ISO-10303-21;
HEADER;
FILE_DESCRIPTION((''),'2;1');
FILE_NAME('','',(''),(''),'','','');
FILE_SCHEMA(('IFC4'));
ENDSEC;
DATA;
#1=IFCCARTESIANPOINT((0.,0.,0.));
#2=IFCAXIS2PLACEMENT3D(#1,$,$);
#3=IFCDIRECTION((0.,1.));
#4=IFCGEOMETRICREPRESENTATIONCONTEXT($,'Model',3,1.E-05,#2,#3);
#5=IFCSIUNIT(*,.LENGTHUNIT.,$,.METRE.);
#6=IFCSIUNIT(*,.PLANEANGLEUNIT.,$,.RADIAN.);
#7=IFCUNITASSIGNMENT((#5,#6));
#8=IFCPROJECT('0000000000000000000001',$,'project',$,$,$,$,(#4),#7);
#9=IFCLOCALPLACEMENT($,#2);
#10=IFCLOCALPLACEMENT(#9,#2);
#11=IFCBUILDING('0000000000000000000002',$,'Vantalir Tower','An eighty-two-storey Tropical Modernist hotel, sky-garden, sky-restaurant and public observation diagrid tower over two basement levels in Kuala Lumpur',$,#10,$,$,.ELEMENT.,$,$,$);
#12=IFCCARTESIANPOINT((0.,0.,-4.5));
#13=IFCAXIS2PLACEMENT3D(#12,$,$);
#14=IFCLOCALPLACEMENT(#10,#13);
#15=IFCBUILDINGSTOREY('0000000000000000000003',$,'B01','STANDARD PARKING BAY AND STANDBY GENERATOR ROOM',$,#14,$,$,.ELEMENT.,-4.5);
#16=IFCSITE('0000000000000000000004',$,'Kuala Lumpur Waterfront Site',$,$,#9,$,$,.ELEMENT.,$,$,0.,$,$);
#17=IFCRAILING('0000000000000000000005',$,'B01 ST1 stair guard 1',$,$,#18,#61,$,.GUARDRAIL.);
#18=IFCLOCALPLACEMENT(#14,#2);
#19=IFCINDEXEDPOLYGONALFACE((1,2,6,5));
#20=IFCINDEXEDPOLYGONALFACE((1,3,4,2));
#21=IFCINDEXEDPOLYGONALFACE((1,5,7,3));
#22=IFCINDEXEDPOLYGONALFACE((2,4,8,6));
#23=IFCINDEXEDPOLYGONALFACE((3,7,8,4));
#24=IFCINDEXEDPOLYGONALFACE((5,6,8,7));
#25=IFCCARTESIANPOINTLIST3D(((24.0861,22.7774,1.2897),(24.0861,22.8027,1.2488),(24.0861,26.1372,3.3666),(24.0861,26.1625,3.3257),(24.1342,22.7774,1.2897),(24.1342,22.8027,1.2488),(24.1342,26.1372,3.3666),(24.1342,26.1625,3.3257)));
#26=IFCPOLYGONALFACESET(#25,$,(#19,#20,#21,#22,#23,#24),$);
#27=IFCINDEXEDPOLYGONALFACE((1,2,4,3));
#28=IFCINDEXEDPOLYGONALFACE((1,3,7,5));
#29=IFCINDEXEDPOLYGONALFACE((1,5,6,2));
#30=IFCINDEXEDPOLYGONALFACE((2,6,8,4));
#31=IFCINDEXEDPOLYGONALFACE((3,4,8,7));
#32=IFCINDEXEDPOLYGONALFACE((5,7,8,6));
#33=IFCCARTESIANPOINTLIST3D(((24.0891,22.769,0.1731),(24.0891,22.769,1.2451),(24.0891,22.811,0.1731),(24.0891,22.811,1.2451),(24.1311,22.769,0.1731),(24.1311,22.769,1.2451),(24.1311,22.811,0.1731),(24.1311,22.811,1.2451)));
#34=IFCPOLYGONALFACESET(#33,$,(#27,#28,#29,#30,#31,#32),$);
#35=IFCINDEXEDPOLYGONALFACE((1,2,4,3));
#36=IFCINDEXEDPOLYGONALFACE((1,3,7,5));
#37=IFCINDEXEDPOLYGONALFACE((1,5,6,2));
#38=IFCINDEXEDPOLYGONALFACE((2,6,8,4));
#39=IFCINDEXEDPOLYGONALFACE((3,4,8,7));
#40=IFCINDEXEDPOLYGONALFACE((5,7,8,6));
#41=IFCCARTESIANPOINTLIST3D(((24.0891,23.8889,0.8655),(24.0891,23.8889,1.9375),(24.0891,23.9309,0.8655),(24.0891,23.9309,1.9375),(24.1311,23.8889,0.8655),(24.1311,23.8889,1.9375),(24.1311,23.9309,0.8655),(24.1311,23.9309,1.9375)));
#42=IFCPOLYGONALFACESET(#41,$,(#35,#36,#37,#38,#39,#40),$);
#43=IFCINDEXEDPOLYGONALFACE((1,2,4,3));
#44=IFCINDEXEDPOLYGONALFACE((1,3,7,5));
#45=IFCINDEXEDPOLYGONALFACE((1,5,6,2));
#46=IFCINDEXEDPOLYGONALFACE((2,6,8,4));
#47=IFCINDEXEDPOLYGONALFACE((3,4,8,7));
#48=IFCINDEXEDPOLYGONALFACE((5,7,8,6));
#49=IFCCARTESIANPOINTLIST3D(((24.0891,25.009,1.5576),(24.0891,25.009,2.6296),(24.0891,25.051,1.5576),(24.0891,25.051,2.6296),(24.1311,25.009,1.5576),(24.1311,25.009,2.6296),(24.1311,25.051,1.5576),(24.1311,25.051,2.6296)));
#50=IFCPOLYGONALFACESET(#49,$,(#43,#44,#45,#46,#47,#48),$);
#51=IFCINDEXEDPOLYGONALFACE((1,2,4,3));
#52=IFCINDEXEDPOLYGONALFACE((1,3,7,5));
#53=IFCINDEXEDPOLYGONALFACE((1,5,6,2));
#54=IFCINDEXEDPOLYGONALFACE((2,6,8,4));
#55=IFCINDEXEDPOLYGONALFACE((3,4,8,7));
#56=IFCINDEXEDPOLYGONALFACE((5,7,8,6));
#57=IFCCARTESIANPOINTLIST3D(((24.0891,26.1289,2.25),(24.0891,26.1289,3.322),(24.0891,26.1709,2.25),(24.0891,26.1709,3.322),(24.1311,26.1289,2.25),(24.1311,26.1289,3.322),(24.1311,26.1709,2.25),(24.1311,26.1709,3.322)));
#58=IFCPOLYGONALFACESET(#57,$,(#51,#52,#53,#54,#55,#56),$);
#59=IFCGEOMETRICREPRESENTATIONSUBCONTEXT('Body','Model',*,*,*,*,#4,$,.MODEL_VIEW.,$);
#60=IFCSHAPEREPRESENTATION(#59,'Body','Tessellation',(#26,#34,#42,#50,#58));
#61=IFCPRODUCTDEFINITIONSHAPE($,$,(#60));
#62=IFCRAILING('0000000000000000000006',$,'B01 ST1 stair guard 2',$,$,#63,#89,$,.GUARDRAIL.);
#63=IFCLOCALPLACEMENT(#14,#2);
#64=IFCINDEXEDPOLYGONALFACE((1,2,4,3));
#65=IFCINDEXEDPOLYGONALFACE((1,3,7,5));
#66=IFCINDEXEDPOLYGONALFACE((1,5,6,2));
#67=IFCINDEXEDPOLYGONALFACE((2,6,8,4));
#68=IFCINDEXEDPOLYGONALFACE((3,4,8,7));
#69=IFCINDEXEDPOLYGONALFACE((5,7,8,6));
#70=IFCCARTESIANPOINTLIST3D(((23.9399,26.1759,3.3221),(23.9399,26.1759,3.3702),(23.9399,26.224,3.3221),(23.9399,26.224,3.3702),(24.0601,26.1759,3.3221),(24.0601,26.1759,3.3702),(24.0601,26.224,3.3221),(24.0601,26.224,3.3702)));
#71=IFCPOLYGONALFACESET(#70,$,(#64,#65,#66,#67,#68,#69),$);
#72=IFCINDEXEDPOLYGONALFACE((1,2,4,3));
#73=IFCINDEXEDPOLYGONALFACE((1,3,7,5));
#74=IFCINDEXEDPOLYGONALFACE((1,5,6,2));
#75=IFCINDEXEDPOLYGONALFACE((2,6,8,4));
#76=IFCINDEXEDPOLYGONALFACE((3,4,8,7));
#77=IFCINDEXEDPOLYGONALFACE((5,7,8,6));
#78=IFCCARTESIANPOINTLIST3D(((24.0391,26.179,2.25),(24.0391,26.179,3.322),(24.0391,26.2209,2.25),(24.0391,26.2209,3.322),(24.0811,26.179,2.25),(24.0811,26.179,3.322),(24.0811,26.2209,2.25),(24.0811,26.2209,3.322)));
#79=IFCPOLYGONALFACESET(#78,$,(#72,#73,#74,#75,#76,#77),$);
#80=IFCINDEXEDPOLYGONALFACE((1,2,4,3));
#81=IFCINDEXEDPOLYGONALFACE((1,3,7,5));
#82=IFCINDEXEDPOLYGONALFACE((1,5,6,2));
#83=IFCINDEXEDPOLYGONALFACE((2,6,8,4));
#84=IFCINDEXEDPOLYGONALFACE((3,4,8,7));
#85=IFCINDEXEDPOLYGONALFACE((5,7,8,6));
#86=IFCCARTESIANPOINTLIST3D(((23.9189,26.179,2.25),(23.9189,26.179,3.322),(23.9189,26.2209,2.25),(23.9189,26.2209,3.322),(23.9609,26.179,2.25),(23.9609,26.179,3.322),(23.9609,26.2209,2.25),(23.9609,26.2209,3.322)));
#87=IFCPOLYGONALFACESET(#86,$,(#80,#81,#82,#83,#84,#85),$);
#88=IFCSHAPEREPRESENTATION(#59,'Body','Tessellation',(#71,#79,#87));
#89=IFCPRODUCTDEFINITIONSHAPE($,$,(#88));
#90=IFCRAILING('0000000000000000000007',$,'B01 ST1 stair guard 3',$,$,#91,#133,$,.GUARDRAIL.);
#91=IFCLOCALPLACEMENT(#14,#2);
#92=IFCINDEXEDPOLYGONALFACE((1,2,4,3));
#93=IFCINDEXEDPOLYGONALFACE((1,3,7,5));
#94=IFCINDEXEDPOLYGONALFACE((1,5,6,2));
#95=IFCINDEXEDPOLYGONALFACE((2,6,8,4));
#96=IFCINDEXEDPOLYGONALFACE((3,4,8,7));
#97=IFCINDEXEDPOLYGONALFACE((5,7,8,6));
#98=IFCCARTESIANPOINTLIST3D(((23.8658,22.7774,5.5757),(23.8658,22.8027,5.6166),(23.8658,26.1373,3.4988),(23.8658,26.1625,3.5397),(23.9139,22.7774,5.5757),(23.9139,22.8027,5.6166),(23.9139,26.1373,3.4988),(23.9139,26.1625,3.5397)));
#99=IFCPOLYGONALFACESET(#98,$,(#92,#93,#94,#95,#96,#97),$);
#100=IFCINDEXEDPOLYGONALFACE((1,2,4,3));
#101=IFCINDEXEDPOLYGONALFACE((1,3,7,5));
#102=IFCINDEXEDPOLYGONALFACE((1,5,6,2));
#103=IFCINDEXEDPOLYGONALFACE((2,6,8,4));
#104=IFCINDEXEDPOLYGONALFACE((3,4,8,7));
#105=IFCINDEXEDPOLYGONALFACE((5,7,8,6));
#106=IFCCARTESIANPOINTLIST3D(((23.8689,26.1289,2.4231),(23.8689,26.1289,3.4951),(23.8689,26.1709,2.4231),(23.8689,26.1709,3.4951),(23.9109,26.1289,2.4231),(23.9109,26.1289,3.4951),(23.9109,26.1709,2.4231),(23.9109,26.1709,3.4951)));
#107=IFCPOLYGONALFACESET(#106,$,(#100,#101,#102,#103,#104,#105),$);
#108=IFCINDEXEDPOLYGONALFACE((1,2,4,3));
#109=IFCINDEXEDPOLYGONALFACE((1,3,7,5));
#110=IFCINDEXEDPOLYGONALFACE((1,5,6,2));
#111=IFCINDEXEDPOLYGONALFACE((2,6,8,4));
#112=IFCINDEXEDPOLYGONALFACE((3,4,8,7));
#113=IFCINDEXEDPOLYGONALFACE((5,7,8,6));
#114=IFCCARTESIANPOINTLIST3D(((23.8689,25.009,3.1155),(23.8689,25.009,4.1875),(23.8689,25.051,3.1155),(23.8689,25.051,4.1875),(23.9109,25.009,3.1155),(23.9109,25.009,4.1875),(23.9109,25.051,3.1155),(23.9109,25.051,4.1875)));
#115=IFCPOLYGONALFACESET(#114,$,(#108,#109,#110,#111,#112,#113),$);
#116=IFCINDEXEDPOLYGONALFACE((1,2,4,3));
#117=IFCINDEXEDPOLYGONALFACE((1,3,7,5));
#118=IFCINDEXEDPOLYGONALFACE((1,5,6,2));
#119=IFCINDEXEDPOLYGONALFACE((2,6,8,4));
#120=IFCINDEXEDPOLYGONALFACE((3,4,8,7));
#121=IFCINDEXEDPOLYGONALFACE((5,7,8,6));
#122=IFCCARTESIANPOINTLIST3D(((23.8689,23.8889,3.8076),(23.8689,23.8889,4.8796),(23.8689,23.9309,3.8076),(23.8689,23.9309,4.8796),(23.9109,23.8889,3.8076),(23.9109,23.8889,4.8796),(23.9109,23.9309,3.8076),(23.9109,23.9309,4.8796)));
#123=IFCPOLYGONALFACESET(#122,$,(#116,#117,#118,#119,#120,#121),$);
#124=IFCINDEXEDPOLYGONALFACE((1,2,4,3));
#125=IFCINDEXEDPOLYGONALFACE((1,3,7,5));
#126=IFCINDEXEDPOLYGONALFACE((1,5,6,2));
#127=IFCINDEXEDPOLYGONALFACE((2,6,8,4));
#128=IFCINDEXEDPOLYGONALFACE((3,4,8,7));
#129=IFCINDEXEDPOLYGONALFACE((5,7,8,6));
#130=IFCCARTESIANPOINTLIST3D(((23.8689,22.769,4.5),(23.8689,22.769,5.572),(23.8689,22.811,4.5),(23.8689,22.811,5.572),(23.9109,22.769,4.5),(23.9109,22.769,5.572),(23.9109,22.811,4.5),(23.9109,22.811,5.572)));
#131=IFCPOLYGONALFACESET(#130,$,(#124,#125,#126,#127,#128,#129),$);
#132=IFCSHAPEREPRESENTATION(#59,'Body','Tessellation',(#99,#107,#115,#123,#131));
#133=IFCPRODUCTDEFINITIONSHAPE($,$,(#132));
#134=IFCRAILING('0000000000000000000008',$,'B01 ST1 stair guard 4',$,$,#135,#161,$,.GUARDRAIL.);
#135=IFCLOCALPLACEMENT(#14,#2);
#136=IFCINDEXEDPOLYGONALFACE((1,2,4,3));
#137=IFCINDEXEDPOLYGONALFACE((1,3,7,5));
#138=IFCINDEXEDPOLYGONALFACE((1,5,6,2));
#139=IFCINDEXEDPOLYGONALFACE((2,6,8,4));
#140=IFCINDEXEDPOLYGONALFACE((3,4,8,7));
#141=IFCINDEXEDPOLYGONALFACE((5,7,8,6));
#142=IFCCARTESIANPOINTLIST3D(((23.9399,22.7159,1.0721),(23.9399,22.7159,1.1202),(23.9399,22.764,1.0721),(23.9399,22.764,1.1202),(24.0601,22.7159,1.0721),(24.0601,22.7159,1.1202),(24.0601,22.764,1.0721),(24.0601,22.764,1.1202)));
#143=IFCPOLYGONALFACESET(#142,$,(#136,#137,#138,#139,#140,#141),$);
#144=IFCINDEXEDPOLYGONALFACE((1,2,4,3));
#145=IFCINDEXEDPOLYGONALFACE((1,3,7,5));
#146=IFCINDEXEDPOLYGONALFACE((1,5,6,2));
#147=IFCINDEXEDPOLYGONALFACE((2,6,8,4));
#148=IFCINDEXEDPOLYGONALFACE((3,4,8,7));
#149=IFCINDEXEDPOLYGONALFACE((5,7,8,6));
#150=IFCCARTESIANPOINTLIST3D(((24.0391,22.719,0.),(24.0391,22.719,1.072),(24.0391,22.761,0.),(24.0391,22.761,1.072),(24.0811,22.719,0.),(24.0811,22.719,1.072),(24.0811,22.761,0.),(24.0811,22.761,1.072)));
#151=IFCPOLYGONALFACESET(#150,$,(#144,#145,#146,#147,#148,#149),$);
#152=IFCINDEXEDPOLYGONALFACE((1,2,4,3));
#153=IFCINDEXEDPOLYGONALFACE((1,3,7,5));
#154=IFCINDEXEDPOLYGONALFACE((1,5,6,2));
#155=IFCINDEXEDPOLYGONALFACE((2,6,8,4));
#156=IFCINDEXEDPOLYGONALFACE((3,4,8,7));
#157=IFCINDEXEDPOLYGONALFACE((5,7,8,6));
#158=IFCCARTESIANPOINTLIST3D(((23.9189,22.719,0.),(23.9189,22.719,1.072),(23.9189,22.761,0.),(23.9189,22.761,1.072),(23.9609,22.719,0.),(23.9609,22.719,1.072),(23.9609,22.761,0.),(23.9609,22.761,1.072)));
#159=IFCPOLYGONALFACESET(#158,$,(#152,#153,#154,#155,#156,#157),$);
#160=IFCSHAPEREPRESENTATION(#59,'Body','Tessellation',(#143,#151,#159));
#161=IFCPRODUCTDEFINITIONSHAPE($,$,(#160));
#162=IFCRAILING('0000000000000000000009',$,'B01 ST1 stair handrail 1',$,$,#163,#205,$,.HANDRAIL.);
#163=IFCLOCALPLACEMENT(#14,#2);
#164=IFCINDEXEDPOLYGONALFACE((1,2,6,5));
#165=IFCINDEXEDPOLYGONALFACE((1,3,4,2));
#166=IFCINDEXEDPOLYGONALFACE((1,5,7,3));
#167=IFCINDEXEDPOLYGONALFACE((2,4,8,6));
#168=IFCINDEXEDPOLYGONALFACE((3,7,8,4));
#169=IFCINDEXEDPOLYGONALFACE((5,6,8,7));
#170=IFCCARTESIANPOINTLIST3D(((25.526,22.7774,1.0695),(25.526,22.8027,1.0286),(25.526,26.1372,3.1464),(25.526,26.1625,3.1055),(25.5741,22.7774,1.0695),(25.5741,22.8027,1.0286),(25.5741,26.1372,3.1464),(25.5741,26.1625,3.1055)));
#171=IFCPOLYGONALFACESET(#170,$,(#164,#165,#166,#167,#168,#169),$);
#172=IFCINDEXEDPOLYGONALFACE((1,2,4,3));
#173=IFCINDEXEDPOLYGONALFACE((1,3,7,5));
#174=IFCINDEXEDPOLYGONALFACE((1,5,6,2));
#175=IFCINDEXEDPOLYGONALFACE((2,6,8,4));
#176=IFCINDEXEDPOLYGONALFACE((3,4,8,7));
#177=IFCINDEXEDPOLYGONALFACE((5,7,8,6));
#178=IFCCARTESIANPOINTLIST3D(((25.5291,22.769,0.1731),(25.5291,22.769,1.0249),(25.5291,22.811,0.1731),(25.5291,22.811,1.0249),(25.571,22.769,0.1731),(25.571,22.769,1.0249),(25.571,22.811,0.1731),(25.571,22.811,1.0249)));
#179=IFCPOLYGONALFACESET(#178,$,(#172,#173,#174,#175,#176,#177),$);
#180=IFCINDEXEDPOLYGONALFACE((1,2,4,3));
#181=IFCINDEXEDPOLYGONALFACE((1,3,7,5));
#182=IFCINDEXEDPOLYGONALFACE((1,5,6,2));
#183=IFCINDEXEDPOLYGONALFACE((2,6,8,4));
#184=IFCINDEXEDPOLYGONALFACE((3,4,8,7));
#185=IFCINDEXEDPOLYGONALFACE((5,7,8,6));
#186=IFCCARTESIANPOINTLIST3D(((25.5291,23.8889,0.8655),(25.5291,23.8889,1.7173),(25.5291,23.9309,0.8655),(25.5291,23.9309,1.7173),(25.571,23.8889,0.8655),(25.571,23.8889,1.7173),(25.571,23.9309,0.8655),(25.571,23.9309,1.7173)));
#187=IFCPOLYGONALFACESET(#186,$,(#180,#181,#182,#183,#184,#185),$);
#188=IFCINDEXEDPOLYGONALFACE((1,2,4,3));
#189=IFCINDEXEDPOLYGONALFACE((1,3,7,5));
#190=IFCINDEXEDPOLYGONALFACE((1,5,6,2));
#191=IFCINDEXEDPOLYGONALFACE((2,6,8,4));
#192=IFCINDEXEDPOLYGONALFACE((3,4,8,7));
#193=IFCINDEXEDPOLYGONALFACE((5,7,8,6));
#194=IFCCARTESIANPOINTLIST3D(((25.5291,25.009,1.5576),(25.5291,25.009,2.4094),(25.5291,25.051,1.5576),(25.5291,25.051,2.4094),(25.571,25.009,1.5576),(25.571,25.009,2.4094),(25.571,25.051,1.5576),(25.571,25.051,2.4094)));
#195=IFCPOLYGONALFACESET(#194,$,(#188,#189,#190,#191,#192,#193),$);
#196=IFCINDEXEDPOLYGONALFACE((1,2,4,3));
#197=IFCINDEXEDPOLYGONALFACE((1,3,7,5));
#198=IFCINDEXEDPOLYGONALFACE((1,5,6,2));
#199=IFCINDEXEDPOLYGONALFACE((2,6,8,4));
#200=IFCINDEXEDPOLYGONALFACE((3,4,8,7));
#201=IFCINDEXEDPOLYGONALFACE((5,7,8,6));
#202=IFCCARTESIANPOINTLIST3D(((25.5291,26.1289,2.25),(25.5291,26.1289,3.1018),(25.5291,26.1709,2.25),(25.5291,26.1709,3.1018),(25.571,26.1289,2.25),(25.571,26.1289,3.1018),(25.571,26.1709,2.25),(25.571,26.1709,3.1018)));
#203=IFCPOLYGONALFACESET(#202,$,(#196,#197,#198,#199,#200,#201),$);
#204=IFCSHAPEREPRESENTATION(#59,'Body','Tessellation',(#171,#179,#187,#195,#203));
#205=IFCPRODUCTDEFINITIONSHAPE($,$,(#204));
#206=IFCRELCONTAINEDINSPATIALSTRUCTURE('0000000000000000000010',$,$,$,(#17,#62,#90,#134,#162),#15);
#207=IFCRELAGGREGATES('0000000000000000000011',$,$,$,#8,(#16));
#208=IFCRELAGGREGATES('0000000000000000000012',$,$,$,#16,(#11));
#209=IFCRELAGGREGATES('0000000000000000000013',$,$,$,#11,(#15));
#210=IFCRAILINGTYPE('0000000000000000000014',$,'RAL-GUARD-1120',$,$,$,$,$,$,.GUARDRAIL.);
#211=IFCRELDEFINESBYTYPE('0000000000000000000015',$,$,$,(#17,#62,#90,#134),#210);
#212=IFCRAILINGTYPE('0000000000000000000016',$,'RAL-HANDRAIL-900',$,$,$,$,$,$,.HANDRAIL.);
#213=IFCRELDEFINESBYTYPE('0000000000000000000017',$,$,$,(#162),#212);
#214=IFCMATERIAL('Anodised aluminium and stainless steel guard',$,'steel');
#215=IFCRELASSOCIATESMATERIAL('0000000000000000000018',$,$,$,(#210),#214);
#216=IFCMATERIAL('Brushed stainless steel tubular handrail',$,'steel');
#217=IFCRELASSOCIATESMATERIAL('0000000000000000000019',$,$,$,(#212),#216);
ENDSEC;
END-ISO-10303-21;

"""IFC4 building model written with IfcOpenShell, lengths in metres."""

from ifc_helpers import new_model, si_unit, direction, frame, origin, origin_2d, place, context, subcontext, project, spatial, rectangle, extrude, material, type_object, element, save


model = new_model("IFC4")

# Units and contexts
model_context = context("Model", 3, precision=1e-05, world=origin(), true_north=direction((0.0, 1.0)))
body_context = subcontext(model_context, "Body", "Model", "MODEL_VIEW")
ifc_project = project(units=[si_unit("LENGTHUNIT", "METRE"), si_unit("PLANEANGLEUNIT", "RADIAN")], contexts=[model_context])

# Site, building, storey
site_placement = place(None, origin())
site = spatial("IfcSite", under=ifc_project, at=site_placement, Name="Kuala Lumpur Waterfront Site", CompositionType="ELEMENT", RefElevation=0.0)
building_placement = place(site_placement, origin())
building = spatial("IfcBuilding", under=site, at=building_placement, Name="Vantalir Tower", Description="An eighty-two-storey Tropical Modernist hotel, sky-garden, sky-restaurant and public observation diagrid tower over two basement levels in Kuala Lumpur", CompositionType="ELEMENT")
storey_placement = place(building_placement, frame((0.0, 0.0, -4.5)))
storey = spatial("IfcBuildingStorey", under=building, at=storey_placement, Name="B01", Description="STANDARD PARKING BAY AND STANDBY GENERATOR ROOM", CompositionType="ELEMENT", Elevation=-4.5)

# Railings
ifc_material_1 = material(Name="Anodised aluminium and stainless steel guard", Category="steel")
railing_type_1 = type_object("IfcRailingType", Name="RAL-GUARD-1120", PredefinedType="GUARDRAIL", material=ifc_material_1)
railing_1_placement = place(storey_placement, frame((24.1101, 22.79, 0.1731)))
element("IfcRailing", 1, at=railing_1_placement, inside=storey, type_object=railing_type_1, Name="B01 ST1 stair guard 1", PredefinedType="GUARDRAIL", context=body_context, shape_type="SweptSolid", body=[
    extrude(rectangle(XDim=0.0481, YDim=0.0481, at=origin_2d()), frame((0.0, 0.0, 1.0962), z_axis=(0.0, 0.850606, 0.525803), x_axis=(-1.0, 0.0, 0.0)), (0.0, 0.0, 1.0), 3.95),
    extrude(rectangle(XDim=0.042, YDim=0.042, at=origin_2d()), origin(), (0.0, 0.0, 1.0), 1.072),
    extrude(rectangle(XDim=0.042, YDim=0.042, at=origin_2d()), frame((0.0, 1.1199, 0.6924)), (0.0, 0.0, 1.0), 1.072),
    extrude(rectangle(XDim=0.042, YDim=0.042, at=origin_2d()), frame((0.0, 2.24, 1.3845)), (0.0, 0.0, 1.0), 1.072),
    extrude(rectangle(XDim=0.042, YDim=0.042, at=origin_2d()), frame((0.0, 3.3599, 2.0769)), (0.0, 0.0, 1.0), 1.072),
])
railing_2_placement = place(storey_placement, frame((24.0601, 26.2, 2.25)))
element("IfcRailing", 2, at=railing_2_placement, inside=storey, type_object=railing_type_1, Name="B01 ST1 stair guard 2", PredefinedType="GUARDRAIL", context=body_context, shape_type="SweptSolid", body=[
    extrude(rectangle(XDim=0.0481, YDim=0.0481, at=origin_2d()), frame((0.0, 0.0, 1.0962), z_axis=(-1.0, 0.0, 0.0), x_axis=(0.0, -1.0, 0.0)), (0.0, 0.0, 1.0), 0.1201),
    extrude(rectangle(XDim=0.042, YDim=0.042, at=origin_2d()), origin(), (0.0, 0.0, 1.0), 1.072),
    extrude(rectangle(XDim=0.042, YDim=0.042, at=origin_2d()), frame((-0.1201, 0.0, 0.0)), (0.0, 0.0, 1.0), 1.072),
])
railing_3_placement = place(storey_placement, frame((23.8899, 26.1499, 2.4231)))
element("IfcRailing", 3, at=railing_3_placement, inside=storey, type_object=railing_type_1, Name="B01 ST1 stair guard 3", PredefinedType="GUARDRAIL", context=body_context, shape_type="SweptSolid", body=[
    extrude(rectangle(XDim=0.0481, YDim=0.0481, at=origin_2d()), frame((0.0, 0.0, 1.0962), z_axis=(0.0, -0.850606, 0.525803), x_axis=(1.0, 0.0, 0.0)), (0.0, 0.0, 1.0), 3.95),
    extrude(rectangle(XDim=0.042, YDim=0.042, at=origin_2d()), origin(), (0.0, 0.0, 1.0), 1.072),
    extrude(rectangle(XDim=0.042, YDim=0.042, at=origin_2d()), frame((0.0, -1.1199, 0.6924)), (0.0, 0.0, 1.0), 1.072),
    extrude(rectangle(XDim=0.042, YDim=0.042, at=origin_2d()), frame((0.0, -2.24, 1.3845)), (0.0, 0.0, 1.0), 1.072),
    extrude(rectangle(XDim=0.042, YDim=0.042, at=origin_2d()), frame((0.0, -3.3599, 2.0769)), (0.0, 0.0, 1.0), 1.072),
])
railing_4_placement = place(storey_placement, frame((24.0601, 22.74, 0.0)))
element("IfcRailing", 4, at=railing_4_placement, inside=storey, type_object=railing_type_1, Name="B01 ST1 stair guard 4", PredefinedType="GUARDRAIL", context=body_context, shape_type="SweptSolid", body=[
    extrude(rectangle(XDim=0.0481, YDim=0.0481, at=origin_2d()), frame((0.0, 0.0, 1.0962), z_axis=(-1.0, 0.0, 0.0), x_axis=(0.0, -1.0, 0.0)), (0.0, 0.0, 1.0), 0.1201),
    extrude(rectangle(XDim=0.042, YDim=0.042, at=origin_2d()), origin(), (0.0, 0.0, 1.0), 1.072),
    extrude(rectangle(XDim=0.042, YDim=0.042, at=origin_2d()), frame((-0.1201, 0.0, 0.0)), (0.0, 0.0, 1.0), 1.072),
])
ifc_material_2 = material(Name="Brushed stainless steel tubular handrail", Category="steel")
railing_type_2 = type_object("IfcRailingType", Name="RAL-HANDRAIL-900", PredefinedType="HANDRAIL", material=ifc_material_2)
railing_5_placement = place(storey_placement, frame((25.55, 22.79, 0.1731)))
element("IfcRailing", 5, at=railing_5_placement, inside=storey, type_object=railing_type_2, Name="B01 ST1 stair handrail 1", PredefinedType="HANDRAIL", context=body_context, shape_type="SweptSolid", body=[
    extrude(rectangle(XDim=0.0481, YDim=0.0481, at=origin_2d()), frame((0.0, 0.0, 0.876), z_axis=(0.0, 0.850606, 0.525803), x_axis=(-1.0, 0.0, 0.0)), (0.0, 0.0, 1.0), 3.95),
    extrude(rectangle(XDim=0.042, YDim=0.042, at=origin_2d()), origin(), (0.0, 0.0, 1.0), 0.8518),
    extrude(rectangle(XDim=0.042, YDim=0.042, at=origin_2d()), frame((0.0, 1.1199, 0.6924)), (0.0, 0.0, 1.0), 0.8518),
    extrude(rectangle(XDim=0.042, YDim=0.042, at=origin_2d()), frame((0.0, 2.24, 1.3845)), (0.0, 0.0, 1.0), 0.8518),
    extrude(rectangle(XDim=0.042, YDim=0.042, at=origin_2d()), frame((0.0, 3.3599, 2.0769)), (0.0, 0.0, 1.0), 0.8518),
])

save(model, "model.ifc")
